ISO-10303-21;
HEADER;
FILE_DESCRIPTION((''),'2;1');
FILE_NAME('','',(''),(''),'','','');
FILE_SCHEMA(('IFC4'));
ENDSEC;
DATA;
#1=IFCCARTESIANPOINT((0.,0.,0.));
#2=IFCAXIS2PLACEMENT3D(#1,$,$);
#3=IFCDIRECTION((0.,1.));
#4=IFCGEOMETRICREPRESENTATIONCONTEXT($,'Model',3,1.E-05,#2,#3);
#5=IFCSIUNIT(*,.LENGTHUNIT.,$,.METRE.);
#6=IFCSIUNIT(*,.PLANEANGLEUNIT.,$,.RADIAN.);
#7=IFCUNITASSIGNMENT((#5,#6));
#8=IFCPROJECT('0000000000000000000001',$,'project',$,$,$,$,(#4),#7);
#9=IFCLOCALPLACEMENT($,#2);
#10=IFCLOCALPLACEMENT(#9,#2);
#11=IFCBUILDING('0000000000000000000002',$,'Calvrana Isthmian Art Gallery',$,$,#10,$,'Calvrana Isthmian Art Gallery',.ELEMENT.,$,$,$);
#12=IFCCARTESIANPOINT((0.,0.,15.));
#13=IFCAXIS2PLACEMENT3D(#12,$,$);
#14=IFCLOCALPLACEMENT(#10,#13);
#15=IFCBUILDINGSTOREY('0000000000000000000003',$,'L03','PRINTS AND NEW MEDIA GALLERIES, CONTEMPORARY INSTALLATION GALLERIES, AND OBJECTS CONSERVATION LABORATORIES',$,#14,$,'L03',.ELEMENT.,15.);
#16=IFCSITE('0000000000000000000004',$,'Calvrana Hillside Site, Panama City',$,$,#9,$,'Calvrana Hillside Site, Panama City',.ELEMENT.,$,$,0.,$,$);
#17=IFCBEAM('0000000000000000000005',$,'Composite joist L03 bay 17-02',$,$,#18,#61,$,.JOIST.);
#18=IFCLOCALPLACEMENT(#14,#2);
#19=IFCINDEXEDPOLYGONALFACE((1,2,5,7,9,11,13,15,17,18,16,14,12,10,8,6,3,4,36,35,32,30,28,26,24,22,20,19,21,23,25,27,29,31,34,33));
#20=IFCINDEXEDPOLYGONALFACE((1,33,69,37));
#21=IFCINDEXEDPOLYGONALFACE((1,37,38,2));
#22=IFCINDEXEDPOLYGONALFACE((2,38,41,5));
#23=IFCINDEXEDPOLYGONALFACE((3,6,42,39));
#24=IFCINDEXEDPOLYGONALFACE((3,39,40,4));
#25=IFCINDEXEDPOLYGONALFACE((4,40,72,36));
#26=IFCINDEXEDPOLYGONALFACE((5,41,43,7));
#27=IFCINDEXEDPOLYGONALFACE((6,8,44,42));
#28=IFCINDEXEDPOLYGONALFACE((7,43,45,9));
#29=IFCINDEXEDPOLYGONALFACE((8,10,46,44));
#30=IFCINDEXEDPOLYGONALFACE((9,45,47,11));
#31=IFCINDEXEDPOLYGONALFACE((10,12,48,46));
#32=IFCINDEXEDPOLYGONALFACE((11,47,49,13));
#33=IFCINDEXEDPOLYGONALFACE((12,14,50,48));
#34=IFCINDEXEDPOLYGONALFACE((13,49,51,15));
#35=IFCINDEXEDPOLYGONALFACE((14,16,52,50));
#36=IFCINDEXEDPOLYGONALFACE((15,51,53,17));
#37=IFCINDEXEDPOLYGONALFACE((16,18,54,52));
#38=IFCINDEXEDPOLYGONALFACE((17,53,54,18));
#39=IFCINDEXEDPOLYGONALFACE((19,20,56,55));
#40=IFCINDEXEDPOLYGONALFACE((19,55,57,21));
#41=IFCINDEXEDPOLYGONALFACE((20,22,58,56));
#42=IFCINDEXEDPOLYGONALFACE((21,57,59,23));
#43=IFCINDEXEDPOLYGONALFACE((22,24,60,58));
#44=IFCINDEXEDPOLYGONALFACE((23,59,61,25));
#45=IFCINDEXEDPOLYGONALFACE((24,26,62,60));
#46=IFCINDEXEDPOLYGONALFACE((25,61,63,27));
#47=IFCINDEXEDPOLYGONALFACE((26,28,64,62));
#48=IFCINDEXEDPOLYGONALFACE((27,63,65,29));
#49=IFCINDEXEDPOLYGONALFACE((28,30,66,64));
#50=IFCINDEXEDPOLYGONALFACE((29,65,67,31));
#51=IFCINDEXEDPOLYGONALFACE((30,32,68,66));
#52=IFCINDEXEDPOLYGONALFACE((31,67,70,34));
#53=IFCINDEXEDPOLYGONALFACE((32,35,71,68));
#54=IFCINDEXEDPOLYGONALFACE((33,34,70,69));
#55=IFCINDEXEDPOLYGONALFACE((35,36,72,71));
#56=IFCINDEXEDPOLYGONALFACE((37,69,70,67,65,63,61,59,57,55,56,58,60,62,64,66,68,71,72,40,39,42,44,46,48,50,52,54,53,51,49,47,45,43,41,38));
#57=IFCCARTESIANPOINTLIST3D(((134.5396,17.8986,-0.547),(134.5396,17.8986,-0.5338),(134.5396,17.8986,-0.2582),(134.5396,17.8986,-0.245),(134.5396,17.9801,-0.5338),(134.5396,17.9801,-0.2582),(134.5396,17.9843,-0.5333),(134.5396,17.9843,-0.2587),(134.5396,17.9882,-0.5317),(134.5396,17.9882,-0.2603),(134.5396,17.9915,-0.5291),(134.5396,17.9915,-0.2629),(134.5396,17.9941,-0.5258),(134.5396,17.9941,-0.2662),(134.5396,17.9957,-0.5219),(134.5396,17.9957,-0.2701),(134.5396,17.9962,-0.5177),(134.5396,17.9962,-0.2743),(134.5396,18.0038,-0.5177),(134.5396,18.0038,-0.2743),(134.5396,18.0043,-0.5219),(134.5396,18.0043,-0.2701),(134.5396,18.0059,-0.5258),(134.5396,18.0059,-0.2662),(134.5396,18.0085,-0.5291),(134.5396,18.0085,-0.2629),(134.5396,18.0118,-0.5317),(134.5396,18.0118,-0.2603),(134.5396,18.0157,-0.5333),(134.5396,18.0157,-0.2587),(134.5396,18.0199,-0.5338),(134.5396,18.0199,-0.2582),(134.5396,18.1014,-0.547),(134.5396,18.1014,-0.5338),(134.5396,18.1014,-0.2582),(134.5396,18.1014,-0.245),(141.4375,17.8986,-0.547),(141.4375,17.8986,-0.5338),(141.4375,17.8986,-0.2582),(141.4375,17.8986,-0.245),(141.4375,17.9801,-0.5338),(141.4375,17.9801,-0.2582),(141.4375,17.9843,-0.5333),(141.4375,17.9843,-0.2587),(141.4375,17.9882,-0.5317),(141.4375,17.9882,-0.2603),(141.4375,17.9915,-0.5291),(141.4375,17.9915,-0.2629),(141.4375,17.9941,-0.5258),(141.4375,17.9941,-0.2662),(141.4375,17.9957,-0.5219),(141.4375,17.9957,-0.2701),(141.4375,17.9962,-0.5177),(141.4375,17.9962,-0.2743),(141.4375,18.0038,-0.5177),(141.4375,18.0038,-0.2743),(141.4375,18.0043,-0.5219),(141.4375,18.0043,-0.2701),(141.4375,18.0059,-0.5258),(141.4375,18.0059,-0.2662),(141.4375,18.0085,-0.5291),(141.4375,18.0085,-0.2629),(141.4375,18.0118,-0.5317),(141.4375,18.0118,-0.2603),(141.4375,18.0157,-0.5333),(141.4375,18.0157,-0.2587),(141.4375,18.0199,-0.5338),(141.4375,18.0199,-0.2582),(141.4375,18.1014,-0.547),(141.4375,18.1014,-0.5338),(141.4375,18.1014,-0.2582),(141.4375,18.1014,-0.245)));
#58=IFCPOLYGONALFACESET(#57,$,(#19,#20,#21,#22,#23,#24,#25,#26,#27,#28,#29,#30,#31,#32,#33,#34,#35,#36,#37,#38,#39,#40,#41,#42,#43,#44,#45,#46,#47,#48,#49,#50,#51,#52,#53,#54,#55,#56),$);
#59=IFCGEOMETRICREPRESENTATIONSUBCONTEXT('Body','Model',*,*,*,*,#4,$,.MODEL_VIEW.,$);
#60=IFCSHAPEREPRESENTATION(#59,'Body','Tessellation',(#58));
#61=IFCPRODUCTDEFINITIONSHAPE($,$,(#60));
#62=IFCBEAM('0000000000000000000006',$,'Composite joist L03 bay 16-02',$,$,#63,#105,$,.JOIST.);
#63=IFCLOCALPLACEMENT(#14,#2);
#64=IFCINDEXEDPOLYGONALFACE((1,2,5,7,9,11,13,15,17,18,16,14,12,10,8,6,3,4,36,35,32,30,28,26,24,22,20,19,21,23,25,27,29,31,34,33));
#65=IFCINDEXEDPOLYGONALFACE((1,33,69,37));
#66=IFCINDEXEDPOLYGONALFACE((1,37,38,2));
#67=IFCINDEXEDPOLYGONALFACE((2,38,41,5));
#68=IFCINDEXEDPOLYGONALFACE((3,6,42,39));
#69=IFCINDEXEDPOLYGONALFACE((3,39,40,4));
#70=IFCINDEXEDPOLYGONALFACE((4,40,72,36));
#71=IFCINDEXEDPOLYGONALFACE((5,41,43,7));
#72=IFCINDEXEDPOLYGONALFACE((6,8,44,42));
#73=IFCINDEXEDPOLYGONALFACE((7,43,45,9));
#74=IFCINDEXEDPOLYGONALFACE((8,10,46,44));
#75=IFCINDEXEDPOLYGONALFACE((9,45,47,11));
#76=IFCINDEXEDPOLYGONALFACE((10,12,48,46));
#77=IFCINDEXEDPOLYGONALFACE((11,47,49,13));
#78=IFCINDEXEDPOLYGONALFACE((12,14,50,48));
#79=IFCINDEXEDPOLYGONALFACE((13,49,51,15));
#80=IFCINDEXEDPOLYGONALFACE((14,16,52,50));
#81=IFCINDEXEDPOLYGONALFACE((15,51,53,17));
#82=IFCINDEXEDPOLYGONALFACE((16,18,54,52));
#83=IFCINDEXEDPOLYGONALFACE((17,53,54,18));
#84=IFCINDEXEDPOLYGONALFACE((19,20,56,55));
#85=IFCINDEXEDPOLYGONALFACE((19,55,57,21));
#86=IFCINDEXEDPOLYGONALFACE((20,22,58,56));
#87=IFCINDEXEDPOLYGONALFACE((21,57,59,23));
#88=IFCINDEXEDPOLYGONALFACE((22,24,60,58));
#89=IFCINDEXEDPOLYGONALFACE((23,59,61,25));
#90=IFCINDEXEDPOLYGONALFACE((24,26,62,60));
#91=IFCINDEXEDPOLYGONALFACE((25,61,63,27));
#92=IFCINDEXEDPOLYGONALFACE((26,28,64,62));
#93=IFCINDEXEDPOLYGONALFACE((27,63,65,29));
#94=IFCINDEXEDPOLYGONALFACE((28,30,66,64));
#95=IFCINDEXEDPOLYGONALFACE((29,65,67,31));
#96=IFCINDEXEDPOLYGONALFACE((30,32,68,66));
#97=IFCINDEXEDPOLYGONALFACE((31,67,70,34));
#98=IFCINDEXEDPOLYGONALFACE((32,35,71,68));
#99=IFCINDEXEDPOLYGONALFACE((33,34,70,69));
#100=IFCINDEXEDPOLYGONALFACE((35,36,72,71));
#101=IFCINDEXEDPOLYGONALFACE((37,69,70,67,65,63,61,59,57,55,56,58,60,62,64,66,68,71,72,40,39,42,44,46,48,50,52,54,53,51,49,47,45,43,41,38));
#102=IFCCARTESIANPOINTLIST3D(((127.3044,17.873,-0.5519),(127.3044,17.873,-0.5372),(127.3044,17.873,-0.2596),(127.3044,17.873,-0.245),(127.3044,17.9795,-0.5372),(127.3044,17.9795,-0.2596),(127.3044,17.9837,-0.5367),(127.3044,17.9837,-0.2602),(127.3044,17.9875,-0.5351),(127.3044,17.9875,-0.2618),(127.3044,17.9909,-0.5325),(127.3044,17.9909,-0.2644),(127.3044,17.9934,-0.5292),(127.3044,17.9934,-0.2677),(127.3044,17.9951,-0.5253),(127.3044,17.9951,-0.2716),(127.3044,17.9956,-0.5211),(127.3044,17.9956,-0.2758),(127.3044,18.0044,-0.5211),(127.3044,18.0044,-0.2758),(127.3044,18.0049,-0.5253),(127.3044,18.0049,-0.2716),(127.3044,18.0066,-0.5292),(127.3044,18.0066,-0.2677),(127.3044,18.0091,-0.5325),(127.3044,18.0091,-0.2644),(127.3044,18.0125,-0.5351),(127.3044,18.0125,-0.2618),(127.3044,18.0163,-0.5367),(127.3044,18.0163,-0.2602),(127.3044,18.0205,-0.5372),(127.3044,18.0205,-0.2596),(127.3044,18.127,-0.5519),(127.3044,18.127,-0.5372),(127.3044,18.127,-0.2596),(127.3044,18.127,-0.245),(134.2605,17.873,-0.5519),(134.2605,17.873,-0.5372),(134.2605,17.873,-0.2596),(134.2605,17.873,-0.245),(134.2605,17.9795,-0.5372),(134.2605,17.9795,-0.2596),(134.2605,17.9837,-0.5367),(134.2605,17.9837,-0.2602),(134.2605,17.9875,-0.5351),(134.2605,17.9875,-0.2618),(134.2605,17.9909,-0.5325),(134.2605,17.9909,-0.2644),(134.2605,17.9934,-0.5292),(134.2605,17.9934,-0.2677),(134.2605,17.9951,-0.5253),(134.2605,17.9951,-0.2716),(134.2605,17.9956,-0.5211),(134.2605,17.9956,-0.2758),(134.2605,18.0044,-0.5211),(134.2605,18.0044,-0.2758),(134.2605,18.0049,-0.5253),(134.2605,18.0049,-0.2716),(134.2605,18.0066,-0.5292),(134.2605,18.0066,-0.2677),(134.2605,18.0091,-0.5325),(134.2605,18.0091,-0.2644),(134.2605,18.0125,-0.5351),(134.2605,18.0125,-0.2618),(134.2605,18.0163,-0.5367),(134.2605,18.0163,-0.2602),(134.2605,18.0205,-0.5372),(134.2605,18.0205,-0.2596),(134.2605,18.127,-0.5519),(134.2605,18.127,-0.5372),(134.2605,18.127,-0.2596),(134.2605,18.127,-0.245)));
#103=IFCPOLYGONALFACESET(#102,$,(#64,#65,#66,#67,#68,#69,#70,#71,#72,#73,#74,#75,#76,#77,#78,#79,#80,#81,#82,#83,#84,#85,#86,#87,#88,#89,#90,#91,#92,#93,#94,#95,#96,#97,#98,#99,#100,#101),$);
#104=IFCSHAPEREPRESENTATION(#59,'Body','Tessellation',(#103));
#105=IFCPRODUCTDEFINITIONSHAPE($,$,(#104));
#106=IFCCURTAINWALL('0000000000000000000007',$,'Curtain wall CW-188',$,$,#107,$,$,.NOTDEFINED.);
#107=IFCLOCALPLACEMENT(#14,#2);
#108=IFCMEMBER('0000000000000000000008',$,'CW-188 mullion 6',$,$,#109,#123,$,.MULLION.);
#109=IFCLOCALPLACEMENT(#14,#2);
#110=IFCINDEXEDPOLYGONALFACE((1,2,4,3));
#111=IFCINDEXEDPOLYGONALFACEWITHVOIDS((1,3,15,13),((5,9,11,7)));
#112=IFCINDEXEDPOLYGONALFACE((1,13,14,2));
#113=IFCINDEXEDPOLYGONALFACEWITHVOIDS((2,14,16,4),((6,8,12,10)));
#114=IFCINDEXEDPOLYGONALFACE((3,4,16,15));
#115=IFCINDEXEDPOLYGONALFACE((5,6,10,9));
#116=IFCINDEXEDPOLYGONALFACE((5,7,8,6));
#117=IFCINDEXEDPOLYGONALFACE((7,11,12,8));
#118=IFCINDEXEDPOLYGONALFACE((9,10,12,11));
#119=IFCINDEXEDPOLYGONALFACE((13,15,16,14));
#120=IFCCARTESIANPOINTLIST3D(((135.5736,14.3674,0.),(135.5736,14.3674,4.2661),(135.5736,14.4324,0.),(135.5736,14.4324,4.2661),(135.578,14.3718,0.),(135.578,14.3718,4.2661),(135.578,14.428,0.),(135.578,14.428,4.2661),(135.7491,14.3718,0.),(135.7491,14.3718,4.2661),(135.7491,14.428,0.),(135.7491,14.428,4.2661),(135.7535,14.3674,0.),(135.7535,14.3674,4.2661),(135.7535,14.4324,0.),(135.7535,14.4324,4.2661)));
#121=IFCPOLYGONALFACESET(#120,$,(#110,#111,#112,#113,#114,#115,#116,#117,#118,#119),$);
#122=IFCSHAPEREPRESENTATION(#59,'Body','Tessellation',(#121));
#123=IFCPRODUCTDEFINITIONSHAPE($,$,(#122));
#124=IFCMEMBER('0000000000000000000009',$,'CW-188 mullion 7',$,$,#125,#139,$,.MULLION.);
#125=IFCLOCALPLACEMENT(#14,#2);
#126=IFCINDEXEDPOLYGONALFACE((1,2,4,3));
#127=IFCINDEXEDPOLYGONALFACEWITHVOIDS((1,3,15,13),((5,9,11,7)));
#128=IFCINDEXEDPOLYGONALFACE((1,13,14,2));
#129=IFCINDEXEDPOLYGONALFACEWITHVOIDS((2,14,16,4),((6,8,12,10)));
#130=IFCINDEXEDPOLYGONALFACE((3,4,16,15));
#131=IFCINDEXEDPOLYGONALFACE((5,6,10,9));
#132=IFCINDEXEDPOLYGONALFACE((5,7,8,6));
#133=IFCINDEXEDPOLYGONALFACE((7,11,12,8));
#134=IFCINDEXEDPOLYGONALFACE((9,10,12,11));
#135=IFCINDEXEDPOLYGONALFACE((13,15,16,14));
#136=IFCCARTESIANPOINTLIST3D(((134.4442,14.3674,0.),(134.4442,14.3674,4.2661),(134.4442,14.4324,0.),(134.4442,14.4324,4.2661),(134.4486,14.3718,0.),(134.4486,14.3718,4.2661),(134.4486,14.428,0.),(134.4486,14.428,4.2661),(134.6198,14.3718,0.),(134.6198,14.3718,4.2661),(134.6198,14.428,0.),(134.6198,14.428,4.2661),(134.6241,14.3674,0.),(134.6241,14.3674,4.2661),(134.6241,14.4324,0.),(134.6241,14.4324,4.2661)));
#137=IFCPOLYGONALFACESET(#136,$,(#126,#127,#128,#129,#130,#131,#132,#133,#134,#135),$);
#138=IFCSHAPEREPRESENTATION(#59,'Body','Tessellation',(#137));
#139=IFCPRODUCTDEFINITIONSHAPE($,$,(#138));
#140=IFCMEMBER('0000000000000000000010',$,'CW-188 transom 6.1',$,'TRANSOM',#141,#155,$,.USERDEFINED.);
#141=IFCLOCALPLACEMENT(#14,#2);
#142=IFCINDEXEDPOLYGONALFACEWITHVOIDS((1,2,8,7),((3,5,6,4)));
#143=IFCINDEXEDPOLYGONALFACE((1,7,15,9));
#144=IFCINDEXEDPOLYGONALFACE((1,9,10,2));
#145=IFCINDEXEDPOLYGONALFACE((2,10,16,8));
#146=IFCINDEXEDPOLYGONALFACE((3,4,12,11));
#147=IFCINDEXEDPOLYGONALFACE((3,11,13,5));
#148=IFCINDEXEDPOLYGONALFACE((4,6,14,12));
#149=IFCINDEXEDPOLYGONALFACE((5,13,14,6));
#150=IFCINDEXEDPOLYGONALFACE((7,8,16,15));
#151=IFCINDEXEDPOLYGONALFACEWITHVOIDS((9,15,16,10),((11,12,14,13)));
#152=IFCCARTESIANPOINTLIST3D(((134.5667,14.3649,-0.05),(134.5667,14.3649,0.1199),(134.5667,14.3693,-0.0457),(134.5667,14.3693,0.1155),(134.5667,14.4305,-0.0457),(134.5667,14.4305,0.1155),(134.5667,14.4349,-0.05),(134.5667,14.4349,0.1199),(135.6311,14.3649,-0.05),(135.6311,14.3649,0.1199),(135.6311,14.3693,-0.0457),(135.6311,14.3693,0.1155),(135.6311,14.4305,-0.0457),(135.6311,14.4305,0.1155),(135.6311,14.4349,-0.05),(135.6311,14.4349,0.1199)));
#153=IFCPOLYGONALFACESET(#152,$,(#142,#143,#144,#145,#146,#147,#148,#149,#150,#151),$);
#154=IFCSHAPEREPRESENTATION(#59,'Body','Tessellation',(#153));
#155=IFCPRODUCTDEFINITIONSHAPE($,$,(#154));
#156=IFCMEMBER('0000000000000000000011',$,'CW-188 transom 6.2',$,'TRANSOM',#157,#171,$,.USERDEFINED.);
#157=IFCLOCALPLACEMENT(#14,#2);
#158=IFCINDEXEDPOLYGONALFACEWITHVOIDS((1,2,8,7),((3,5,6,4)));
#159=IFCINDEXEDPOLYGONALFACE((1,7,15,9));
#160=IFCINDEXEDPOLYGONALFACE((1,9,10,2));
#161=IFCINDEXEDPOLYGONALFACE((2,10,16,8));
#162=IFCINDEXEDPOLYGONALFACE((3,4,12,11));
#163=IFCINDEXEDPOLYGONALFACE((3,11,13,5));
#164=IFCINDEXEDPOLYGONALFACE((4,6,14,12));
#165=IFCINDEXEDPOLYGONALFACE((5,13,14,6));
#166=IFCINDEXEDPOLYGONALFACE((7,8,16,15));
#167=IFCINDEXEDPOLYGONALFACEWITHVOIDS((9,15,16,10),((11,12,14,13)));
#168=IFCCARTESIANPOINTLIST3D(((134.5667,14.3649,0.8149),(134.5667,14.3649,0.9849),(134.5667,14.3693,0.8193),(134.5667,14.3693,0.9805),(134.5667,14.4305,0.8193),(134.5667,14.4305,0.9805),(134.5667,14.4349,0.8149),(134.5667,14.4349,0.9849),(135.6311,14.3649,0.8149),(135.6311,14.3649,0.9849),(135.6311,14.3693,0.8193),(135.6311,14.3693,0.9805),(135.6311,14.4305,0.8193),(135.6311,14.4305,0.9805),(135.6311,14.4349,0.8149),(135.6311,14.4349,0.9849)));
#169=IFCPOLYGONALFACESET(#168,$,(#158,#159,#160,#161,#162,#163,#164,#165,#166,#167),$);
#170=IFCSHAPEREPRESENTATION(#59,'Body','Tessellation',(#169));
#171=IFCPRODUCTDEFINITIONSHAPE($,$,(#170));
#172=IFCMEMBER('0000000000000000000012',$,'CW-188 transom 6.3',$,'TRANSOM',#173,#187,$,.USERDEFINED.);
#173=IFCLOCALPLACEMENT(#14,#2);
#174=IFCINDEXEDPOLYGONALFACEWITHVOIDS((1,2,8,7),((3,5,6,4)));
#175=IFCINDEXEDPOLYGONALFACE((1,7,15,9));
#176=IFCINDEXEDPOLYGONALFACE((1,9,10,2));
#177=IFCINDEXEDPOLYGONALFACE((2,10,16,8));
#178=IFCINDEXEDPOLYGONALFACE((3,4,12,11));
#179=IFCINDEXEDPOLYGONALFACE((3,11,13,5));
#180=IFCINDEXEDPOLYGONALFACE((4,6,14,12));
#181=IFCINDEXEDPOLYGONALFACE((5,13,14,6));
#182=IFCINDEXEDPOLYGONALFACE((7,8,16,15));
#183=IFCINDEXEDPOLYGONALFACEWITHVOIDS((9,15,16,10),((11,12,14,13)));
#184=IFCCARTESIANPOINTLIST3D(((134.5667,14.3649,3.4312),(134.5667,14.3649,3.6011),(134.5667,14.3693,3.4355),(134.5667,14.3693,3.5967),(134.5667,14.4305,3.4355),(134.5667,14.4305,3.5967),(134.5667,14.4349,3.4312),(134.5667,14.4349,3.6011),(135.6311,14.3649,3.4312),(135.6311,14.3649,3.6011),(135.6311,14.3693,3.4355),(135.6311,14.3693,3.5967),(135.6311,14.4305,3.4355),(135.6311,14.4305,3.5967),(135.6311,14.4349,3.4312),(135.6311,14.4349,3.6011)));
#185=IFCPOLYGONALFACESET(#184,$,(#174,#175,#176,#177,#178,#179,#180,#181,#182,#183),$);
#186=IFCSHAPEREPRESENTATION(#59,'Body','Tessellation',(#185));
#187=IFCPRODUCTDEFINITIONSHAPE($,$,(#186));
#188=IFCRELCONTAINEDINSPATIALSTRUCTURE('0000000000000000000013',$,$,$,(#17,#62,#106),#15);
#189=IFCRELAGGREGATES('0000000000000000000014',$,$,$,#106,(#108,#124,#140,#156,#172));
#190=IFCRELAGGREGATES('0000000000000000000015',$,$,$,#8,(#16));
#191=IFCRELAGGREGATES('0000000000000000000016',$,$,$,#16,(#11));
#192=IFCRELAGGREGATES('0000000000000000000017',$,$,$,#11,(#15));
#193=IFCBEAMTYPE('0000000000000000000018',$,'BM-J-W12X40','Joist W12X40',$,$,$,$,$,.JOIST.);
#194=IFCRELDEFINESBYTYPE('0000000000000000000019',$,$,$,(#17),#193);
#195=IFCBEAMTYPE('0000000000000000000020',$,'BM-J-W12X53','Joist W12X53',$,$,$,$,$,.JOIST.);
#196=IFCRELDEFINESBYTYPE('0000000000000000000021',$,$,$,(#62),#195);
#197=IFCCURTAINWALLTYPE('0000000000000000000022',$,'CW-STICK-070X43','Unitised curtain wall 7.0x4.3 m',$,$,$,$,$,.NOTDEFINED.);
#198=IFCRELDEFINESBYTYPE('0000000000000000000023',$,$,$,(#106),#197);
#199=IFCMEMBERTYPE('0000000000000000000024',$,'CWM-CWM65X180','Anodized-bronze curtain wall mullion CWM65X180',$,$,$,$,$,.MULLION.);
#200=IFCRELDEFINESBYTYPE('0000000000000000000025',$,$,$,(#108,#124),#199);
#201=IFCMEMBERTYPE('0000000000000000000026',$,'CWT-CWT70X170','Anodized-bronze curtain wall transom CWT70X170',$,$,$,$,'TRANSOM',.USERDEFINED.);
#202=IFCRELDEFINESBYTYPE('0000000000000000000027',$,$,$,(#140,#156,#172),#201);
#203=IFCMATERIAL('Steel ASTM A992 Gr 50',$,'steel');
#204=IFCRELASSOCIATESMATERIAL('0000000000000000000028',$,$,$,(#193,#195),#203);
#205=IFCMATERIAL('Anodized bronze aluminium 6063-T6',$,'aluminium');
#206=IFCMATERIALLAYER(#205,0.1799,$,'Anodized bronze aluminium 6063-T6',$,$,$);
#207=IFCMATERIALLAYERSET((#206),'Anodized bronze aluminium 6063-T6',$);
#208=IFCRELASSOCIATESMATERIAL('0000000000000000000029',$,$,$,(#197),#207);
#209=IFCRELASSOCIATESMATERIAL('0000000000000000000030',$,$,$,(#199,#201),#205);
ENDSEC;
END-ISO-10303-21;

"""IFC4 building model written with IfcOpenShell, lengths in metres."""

from ifc_helpers import new_model, si_unit, direction, frame, origin, origin_2d, place, context, subcontext, project, spatial, hollow_rectangle, i_section, extrude, material, layer, layer_set, material_profile, profile_set, type_object, element, aggregate, save


model = new_model("IFC4")

# Units and contexts
model_context = context("Model", 3, precision=1e-05, world=origin(), true_north=direction((0.0, 1.0)))
body_context = subcontext(model_context, "Body", "Model", "MODEL_VIEW")
ifc_project = project(units=[si_unit("LENGTHUNIT", "METRE"), si_unit("PLANEANGLEUNIT", "RADIAN")], contexts=[model_context])

# Site, building, storey
site_placement = place(None, origin())
site = spatial("IfcSite", under=ifc_project, at=site_placement, Name="Calvrana Hillside Site, Panama City", LongName="Calvrana Hillside Site, Panama City", CompositionType="ELEMENT", RefElevation=0.0)
building_placement = place(site_placement, origin())
building = spatial("IfcBuilding", under=site, at=building_placement, Name="Calvrana Isthmian Art Gallery", LongName="Calvrana Isthmian Art Gallery", CompositionType="ELEMENT")
storey_placement = place(building_placement, frame((0.0, 0.0, 15.0)))
storey = spatial("IfcBuildingStorey", under=building, at=storey_placement, Name="L03", Description="PRINTS AND NEW MEDIA GALLERIES, CONTEMPORARY INSTALLATION GALLERIES, AND OBJECTS CONSERVATION LABORATORIES", LongName="L03", CompositionType="ELEMENT", Elevation=15.0)

# Shared definitions
ifc_material_1 = material(Name="Steel ASTM A992 Gr 50", Category="steel")

# Beams
ifc_material_profile_1 = material_profile(ifc_material_1, i_section(OverallWidth=0.2029, OverallDepth=0.302, WebThickness=0.0076, FlangeThickness=0.0132, FilletRadius=0.0161, at=origin_2d()), Name="W12X40")
ifc_profile_set_1 = profile_set([ifc_material_profile_1], Name="Steel ASTM A992 Gr 50")
beam_type_1 = type_object("IfcBeamType", Name="BM-J-W12X40", Description="Joist W12X40", PredefinedType="JOIST", material=ifc_profile_set_1)
beam_1_placement = place(storey_placement, frame((134.5396, 18.0, -0.396), z_axis=(1.0, 0.0, 0.0), x_axis=(0.0, 1.0, 0.0)))
element("IfcBeam", 1, at=beam_1_placement, inside=storey, type_object=beam_type_1, Name="Composite joist L03 bay 17-02", PredefinedType="JOIST", context=body_context, shape_type="SweptSolid", body=[
    extrude(i_section(OverallWidth=0.2029, OverallDepth=0.302, WebThickness=0.0076, FlangeThickness=0.0132, FilletRadius=0.0161, at=origin_2d()), origin(), (0.0, 0.0, 1.0), 6.8979),
])
ifc_material_profile_2 = material_profile(ifc_material_1, i_section(OverallWidth=0.2539, OverallDepth=0.3069, WebThickness=0.0088, FlangeThickness=0.0146, FilletRadius=0.0161, at=origin_2d()), Name="W12X53")
ifc_profile_set_2 = profile_set([ifc_material_profile_2], Name="Steel ASTM A992 Gr 50")
beam_type_2 = type_object("IfcBeamType", Name="BM-J-W12X53", Description="Joist W12X53", PredefinedType="JOIST", material=ifc_profile_set_2)
beam_2_placement = place(storey_placement, frame((127.3044, 18.0, -0.3984), z_axis=(1.0, 0.0, 0.0), x_axis=(0.0, 1.0, 0.0)))
element("IfcBeam", 2, at=beam_2_placement, inside=storey, type_object=beam_type_2, Name="Composite joist L03 bay 16-02", PredefinedType="JOIST", context=body_context, shape_type="SweptSolid", body=[
    extrude(i_section(OverallWidth=0.2539, OverallDepth=0.3069, WebThickness=0.0088, FlangeThickness=0.0146, FilletRadius=0.0161, at=origin_2d()), origin(), (0.0, 0.0, 1.0), 6.9561),
])

# Curtain wall, members
ifc_material_2 = material(Name="Anodized bronze aluminium 6063-T6", Category="aluminium")
ifc_layer_1 = layer(ifc_material_2, 0.1799, Name="Anodized bronze aluminium 6063-T6")
ifc_layer_set_1 = layer_set([ifc_layer_1], Name="Anodized bronze aluminium 6063-T6")
curtain_wall_type = type_object("IfcCurtainWallType", Name="CW-STICK-070X43", Description="Unitised curtain wall 7.0x4.3 m", PredefinedType="NOTDEFINED", material=ifc_layer_set_1)
curtain_wall_placement = place(storey_placement, origin())
curtain_wall = element("IfcCurtainWall", 3, at=curtain_wall_placement, inside=storey, type_object=curtain_wall_type, Name="Curtain wall CW-188", PredefinedType="NOTDEFINED")
ifc_material_profile_3 = material_profile(ifc_material_2, hollow_rectangle(XDim=0.0649, YDim=0.1799, WallThickness=0.0044, at=origin_2d()), Name="CWM65X180")
ifc_profile_set_3 = profile_set([ifc_material_profile_3], Name="Anodized bronze aluminium 6063-T6")
member_type_1 = type_object("IfcMemberType", Name="CWM-CWM65X180", Description="Anodized-bronze curtain wall mullion CWM65X180", PredefinedType="MULLION", material=ifc_profile_set_3)
member_1_placement = place(storey_placement, frame((135.6636, 14.3999, 0.0), z_axis=(0.0, 0.0, 1.0), x_axis=(0.0, -1.0, 0.0)))
member_1 = element("IfcMember", 4, at=member_1_placement, type_object=member_type_1, Name="CW-188 mullion 6", PredefinedType="MULLION", context=body_context, shape_type="SweptSolid", body=[
    extrude(hollow_rectangle(XDim=0.0649, YDim=0.1799, WallThickness=0.0044, at=origin_2d()), origin(), (0.0, 0.0, 1.0), 4.2661),
])
member_2_placement = place(storey_placement, frame((134.5342, 14.3999, 0.0), z_axis=(0.0, 0.0, 1.0), x_axis=(0.0, -1.0, 0.0)))
member_2 = element("IfcMember", 5, at=member_2_placement, type_object=member_type_1, Name="CW-188 mullion 7", PredefinedType="MULLION", context=body_context, shape_type="SweptSolid", body=[
    extrude(hollow_rectangle(XDim=0.0649, YDim=0.1799, WallThickness=0.0044, at=origin_2d()), origin(), (0.0, 0.0, 1.0), 4.2661),
])
ifc_material_profile_4 = material_profile(ifc_material_2, hollow_rectangle(XDim=0.0701, YDim=0.1699, WallThickness=0.0044, at=origin_2d()), Name="CWT70X170")
ifc_profile_set_4 = profile_set([ifc_material_profile_4], Name="Anodized bronze aluminium 6063-T6")
member_type_2 = type_object("IfcMemberType", Name="CWT-CWT70X170", Description="Anodized-bronze curtain wall transom CWT70X170", ElementType="TRANSOM", PredefinedType="USERDEFINED", material=ifc_profile_set_4)
member_3_placement = place(storey_placement, frame((135.6311, 14.3999, 0.0349), z_axis=(-1.0, 0.0, 0.0), x_axis=(0.0, -1.0, 0.0)))
member_3 = element("IfcMember", 6, at=member_3_placement, type_object=member_type_2, Name="CW-188 transom 6.1", ObjectType="TRANSOM", PredefinedType="USERDEFINED", context=body_context, shape_type="SweptSolid", body=[
    extrude(hollow_rectangle(XDim=0.0701, YDim=0.1699, WallThickness=0.0044, at=origin_2d()), origin(), (0.0, 0.0, 1.0), 1.0645),
])
member_4_placement = place(storey_placement, frame((135.6311, 14.3999, 0.8999), z_axis=(-1.0, 0.0, 0.0), x_axis=(0.0, -1.0, 0.0)))
member_4 = element("IfcMember", 7, at=member_4_placement, type_object=member_type_2, Name="CW-188 transom 6.2", ObjectType="TRANSOM", PredefinedType="USERDEFINED", context=body_context, shape_type="SweptSolid", body=[
    extrude(hollow_rectangle(XDim=0.0701, YDim=0.1699, WallThickness=0.0044, at=origin_2d()), origin(), (0.0, 0.0, 1.0), 1.0645),
])
member_5_placement = place(storey_placement, frame((135.6311, 14.3999, 3.5161), z_axis=(-1.0, 0.0, 0.0), x_axis=(0.0, -1.0, 0.0)))
member_5 = element("IfcMember", 8, at=member_5_placement, type_object=member_type_2, Name="CW-188 transom 6.3", ObjectType="TRANSOM", PredefinedType="USERDEFINED", context=body_context, shape_type="SweptSolid", body=[
    extrude(hollow_rectangle(XDim=0.0701, YDim=0.1699, WallThickness=0.0044, at=origin_2d()), origin(), (0.0, 0.0, 1.0), 1.0645),
])
aggregate(curtain_wall, [member_1, member_2, member_3, member_4, member_5])

save(model, "model.ifc")
